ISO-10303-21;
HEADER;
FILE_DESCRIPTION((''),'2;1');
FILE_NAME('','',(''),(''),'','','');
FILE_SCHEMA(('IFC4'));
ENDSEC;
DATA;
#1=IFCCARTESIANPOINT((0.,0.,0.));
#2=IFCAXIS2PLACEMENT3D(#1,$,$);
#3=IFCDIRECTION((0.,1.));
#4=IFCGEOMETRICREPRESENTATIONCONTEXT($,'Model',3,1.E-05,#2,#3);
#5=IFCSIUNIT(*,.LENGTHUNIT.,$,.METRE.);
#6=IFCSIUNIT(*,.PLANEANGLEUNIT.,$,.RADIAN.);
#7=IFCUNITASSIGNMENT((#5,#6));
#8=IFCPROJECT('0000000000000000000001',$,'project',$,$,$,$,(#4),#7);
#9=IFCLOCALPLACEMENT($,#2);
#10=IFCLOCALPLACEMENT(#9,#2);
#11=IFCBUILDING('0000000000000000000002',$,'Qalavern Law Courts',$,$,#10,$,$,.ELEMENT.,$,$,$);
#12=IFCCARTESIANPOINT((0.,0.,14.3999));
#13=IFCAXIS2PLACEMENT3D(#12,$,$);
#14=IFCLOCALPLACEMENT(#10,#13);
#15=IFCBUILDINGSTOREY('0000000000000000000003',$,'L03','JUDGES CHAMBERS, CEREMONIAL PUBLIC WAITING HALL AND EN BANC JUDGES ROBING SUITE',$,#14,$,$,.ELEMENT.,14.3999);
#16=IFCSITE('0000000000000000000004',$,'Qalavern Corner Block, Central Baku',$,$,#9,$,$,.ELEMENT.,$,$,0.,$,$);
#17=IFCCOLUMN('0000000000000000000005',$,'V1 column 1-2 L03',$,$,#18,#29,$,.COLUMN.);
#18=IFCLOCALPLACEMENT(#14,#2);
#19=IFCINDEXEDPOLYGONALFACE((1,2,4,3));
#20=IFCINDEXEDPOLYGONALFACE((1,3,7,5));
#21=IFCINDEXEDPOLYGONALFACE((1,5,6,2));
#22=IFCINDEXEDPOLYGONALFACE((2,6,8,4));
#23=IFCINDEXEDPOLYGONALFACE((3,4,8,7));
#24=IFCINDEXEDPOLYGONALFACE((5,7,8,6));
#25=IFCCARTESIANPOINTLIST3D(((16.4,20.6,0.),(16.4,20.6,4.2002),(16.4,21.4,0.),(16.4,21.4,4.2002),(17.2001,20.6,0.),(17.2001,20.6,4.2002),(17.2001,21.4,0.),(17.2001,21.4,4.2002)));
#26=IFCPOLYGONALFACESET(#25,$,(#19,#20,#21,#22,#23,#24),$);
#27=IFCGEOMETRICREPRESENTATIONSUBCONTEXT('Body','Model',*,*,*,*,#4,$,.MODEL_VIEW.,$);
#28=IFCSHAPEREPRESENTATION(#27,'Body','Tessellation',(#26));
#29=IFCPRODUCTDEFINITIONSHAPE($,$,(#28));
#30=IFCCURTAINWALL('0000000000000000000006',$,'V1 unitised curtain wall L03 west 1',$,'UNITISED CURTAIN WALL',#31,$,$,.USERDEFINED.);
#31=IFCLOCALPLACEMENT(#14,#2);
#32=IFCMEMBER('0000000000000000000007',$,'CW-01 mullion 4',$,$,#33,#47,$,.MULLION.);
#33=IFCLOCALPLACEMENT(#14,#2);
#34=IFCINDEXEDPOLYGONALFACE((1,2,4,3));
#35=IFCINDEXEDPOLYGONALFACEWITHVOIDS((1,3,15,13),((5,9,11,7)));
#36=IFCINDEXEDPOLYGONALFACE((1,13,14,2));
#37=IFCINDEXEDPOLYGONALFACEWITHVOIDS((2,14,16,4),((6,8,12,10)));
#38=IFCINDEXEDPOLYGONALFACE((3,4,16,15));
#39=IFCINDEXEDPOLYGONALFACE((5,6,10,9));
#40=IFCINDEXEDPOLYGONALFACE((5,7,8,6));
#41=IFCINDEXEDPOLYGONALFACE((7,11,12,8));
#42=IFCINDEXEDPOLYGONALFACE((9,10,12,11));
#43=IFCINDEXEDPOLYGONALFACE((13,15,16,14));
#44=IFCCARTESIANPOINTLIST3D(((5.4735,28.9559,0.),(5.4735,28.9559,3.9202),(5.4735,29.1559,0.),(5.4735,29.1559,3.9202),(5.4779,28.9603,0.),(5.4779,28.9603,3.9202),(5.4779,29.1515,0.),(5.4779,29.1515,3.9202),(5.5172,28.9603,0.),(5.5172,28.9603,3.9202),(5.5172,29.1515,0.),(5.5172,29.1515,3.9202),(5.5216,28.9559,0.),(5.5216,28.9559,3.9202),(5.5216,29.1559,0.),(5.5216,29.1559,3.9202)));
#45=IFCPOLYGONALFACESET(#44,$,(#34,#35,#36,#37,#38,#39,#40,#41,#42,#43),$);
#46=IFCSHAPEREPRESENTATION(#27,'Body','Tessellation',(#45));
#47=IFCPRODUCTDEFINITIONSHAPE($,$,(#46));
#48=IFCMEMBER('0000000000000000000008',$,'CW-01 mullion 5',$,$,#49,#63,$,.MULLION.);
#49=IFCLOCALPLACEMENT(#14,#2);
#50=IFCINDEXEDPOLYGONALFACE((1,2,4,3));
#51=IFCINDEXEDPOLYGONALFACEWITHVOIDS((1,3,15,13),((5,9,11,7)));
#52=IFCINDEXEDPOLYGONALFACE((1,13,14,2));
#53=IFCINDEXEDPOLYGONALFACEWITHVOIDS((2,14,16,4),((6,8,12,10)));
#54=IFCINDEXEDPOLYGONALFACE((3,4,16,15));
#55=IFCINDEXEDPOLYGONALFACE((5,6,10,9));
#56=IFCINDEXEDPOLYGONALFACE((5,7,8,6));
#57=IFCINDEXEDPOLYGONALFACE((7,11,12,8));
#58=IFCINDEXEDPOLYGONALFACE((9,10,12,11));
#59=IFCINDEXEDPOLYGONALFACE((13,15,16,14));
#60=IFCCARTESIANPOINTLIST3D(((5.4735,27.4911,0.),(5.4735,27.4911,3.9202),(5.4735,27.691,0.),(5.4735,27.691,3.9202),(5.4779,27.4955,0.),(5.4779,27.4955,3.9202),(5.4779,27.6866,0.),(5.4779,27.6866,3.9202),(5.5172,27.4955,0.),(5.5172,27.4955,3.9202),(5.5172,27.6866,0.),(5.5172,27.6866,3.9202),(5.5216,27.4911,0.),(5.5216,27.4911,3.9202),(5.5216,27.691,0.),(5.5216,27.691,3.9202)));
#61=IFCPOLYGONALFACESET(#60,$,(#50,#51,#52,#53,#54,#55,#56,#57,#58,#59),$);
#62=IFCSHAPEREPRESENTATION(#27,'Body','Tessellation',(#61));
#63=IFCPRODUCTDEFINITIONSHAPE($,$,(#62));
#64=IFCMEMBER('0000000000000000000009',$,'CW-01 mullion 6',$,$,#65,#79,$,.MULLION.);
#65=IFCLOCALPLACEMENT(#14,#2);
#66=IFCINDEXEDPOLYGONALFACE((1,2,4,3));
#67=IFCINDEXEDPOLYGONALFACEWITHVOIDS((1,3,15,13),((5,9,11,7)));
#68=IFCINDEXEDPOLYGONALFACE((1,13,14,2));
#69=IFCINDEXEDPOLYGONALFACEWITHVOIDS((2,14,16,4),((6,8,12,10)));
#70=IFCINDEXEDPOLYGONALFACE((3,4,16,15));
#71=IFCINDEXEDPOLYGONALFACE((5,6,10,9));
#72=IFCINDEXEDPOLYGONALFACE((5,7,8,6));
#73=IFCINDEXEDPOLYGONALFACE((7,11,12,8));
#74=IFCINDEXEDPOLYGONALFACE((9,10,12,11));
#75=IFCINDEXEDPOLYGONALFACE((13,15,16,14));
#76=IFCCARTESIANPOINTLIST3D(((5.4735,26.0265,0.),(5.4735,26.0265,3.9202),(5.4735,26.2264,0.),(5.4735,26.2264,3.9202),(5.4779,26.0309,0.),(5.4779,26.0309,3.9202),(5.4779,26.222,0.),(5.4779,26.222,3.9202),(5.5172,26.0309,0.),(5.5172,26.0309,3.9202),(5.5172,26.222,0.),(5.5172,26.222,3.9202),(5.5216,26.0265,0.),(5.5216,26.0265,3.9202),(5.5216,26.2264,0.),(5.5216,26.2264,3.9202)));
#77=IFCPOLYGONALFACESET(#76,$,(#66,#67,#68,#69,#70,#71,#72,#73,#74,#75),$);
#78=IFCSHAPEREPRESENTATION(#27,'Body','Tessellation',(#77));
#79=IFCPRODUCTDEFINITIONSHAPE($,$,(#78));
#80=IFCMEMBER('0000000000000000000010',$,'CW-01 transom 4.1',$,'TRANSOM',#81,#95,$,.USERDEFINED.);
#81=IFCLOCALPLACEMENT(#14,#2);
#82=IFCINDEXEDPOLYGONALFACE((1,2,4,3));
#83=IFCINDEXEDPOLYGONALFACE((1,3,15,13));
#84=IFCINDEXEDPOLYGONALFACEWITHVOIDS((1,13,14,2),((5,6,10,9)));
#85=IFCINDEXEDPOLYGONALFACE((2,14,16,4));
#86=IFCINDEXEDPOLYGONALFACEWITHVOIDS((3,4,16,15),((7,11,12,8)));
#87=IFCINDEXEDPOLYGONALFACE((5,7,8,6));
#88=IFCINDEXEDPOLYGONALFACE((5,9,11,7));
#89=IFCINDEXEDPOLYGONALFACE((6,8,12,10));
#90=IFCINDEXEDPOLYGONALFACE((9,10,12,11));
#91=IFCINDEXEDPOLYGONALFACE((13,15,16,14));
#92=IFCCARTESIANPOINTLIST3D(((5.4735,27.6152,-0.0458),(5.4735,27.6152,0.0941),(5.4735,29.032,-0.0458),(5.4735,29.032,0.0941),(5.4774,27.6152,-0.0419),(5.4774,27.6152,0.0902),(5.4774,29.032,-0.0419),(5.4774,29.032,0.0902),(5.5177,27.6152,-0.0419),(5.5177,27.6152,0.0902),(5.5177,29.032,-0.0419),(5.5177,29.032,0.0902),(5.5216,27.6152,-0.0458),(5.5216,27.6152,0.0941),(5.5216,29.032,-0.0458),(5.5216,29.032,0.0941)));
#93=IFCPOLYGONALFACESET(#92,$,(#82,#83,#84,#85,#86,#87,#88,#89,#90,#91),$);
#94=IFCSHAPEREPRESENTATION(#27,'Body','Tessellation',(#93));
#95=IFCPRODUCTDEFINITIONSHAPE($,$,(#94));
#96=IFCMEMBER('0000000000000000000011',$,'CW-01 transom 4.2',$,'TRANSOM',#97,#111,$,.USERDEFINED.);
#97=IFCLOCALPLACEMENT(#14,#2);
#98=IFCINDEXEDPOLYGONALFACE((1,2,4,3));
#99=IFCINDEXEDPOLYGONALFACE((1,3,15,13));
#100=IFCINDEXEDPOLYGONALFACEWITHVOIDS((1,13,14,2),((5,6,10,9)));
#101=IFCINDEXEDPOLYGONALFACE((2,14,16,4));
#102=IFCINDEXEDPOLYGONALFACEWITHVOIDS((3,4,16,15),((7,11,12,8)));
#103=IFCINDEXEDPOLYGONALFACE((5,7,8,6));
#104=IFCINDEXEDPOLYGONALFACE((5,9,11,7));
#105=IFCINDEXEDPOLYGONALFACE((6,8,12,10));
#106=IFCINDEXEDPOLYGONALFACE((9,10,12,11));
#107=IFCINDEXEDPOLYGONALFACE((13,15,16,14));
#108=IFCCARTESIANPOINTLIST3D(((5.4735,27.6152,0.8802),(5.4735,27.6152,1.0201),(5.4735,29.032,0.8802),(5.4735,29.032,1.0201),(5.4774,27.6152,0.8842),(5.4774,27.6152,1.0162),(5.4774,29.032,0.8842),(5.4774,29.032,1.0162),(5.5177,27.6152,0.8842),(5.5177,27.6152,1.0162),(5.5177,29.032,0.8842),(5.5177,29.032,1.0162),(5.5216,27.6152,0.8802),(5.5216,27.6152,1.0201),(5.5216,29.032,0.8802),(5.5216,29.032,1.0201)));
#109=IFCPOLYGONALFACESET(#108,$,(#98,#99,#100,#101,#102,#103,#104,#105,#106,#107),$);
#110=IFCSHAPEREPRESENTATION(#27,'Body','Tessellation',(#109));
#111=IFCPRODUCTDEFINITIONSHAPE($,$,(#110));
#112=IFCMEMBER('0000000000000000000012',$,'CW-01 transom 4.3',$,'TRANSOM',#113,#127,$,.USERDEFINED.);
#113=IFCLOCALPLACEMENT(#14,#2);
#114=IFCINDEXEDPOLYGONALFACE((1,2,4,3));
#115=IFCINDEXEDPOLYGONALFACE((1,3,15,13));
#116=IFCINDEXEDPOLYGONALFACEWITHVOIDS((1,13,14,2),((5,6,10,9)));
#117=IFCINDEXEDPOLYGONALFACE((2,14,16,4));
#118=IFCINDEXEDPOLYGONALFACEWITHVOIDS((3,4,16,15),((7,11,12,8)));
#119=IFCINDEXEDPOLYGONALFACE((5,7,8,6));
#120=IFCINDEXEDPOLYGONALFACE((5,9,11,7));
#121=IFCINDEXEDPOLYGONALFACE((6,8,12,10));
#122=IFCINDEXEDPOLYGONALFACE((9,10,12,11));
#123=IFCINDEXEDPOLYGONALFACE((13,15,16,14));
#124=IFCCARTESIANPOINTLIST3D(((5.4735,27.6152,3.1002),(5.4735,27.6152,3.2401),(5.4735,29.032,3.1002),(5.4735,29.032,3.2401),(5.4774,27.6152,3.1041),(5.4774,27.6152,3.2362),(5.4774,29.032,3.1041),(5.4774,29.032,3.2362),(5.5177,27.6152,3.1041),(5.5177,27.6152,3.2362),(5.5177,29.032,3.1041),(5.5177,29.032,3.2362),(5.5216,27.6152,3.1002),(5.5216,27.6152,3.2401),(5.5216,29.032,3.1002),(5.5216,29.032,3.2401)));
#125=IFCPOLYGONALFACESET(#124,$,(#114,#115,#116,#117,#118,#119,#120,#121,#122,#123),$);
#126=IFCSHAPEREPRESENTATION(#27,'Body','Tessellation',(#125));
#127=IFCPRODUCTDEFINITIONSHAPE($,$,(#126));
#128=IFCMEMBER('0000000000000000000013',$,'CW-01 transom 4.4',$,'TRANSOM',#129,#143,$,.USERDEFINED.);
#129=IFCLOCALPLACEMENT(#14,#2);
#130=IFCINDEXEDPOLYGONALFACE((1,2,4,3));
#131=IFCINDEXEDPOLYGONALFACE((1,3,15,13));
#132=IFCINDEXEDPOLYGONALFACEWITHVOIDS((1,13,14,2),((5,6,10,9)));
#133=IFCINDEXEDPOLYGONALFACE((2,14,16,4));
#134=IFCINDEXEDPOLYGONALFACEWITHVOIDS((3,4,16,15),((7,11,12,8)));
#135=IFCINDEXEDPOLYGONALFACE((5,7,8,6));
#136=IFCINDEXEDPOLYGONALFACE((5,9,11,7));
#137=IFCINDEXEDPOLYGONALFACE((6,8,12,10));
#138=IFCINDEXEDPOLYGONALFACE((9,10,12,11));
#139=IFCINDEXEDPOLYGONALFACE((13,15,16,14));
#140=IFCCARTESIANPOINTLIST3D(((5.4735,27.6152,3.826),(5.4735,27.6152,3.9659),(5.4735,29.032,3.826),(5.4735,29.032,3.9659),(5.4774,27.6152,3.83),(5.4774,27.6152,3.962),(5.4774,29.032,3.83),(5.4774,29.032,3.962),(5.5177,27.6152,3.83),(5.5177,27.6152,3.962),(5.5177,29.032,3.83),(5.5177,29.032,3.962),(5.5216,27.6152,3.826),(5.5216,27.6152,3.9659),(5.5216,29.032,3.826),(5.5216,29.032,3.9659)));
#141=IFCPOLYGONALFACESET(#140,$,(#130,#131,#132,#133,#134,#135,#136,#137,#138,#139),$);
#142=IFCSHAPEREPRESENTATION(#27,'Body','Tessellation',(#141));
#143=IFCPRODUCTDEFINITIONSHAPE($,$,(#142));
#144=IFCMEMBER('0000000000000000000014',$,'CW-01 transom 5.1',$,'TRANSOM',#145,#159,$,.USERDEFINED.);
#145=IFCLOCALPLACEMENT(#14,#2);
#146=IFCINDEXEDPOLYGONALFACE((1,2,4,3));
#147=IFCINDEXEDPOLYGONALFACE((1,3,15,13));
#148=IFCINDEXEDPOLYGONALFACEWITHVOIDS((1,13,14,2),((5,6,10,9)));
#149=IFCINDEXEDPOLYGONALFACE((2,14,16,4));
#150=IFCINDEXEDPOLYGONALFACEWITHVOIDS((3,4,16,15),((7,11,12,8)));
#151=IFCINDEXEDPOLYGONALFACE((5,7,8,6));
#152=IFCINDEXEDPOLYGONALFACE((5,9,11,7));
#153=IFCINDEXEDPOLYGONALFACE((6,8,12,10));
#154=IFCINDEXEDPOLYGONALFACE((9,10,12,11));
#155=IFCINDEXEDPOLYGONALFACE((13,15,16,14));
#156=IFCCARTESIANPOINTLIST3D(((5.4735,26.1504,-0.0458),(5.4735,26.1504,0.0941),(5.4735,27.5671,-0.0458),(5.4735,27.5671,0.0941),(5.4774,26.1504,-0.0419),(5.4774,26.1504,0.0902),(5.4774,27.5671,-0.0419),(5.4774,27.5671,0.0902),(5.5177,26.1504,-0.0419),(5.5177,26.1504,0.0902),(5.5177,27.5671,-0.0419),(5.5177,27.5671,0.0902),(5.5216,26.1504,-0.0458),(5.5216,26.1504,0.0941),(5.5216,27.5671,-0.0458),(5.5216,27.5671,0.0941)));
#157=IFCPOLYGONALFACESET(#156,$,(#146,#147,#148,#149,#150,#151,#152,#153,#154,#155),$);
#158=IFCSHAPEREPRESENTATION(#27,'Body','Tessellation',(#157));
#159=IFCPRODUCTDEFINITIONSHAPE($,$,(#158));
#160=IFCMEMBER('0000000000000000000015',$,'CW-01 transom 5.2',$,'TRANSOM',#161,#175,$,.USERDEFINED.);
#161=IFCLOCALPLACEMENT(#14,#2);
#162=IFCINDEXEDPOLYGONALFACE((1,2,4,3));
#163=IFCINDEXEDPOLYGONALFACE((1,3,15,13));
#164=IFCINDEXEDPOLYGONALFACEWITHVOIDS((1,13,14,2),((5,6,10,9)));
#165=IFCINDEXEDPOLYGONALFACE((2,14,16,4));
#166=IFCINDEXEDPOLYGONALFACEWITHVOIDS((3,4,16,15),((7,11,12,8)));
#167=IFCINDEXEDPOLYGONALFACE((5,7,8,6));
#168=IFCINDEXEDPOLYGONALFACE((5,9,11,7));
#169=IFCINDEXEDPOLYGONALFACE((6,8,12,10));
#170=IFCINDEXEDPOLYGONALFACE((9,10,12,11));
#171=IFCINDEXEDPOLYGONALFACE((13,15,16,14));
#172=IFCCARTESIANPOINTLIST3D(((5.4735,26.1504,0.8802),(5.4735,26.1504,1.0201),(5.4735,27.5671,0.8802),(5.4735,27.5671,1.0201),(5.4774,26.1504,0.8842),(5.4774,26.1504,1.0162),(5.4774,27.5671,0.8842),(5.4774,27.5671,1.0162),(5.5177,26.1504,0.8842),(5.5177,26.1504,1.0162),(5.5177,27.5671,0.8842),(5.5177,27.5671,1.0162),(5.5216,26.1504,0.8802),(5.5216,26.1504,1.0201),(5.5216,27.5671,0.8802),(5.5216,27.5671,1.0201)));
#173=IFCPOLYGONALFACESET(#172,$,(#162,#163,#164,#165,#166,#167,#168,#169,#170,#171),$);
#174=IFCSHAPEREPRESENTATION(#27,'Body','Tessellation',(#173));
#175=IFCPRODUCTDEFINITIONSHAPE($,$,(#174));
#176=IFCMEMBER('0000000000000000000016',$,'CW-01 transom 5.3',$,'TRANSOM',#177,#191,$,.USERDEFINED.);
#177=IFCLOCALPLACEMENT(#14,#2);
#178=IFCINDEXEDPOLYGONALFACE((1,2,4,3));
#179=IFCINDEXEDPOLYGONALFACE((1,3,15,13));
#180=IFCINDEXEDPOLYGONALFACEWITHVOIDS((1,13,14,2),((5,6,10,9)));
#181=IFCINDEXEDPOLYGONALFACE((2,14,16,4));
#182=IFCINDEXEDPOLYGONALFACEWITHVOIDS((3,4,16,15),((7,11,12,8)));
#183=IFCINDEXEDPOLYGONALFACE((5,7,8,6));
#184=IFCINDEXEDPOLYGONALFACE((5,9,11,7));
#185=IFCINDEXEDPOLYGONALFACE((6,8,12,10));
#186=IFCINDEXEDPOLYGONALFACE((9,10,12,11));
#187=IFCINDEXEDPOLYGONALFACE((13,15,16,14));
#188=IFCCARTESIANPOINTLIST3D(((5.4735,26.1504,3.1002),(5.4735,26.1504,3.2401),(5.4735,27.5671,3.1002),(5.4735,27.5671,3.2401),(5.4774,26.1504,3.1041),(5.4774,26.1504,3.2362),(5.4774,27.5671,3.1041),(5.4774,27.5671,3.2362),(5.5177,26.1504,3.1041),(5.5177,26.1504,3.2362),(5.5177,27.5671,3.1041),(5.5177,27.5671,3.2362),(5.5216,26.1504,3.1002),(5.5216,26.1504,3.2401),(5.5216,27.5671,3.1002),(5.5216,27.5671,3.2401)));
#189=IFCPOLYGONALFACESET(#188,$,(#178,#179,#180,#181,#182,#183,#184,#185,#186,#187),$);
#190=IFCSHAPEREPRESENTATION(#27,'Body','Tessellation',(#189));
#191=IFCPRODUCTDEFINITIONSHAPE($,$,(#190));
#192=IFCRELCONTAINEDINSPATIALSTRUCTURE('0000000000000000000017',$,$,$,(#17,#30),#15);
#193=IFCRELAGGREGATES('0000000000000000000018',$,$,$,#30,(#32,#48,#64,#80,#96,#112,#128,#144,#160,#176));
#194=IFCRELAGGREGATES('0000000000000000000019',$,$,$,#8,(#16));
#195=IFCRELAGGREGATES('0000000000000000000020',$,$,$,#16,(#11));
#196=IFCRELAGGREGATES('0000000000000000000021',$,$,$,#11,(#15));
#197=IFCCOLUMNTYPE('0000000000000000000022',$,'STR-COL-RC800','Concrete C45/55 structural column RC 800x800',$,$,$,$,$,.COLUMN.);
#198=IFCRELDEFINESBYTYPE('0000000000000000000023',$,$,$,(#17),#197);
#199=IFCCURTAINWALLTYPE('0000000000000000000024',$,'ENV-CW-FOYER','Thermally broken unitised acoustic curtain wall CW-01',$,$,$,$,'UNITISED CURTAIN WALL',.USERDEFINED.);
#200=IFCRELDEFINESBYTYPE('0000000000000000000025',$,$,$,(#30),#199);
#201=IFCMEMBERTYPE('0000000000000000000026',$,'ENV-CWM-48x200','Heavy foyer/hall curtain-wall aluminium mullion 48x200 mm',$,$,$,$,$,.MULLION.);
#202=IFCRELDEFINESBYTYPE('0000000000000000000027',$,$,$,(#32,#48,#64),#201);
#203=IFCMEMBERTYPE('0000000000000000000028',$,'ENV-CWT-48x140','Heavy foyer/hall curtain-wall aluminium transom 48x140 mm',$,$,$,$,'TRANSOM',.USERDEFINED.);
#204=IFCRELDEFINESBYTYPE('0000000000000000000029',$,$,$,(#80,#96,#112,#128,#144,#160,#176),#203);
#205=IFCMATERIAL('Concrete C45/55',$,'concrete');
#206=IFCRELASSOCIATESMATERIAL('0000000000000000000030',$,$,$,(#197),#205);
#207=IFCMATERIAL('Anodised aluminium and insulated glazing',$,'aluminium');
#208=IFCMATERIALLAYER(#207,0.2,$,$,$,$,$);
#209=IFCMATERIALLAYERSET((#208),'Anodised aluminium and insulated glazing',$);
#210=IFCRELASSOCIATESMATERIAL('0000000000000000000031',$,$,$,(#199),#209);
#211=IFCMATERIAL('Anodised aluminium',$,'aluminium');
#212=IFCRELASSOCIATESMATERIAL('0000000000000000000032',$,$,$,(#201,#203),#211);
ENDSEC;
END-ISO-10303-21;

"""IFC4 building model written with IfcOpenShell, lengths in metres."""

from ifc_helpers import new_model, si_unit, direction, frame, origin, origin_2d, place, context, subcontext, project, spatial, rectangle, hollow_rectangle, extrude, material, layer, layer_set, material_profile, profile_set, type_object, element, aggregate, save


model = new_model("IFC4")

# Units and contexts
model_context = context("Model", 3, precision=1e-05, world=origin(), true_north=direction((0.0, 1.0)))
body_context = subcontext(model_context, "Body", "Model", "MODEL_VIEW")
ifc_project = project(units=[si_unit("LENGTHUNIT", "METRE"), si_unit("PLANEANGLEUNIT", "RADIAN")], contexts=[model_context])

# Site, building, storey
site_placement = place(None, origin())
site = spatial("IfcSite", under=ifc_project, at=site_placement, Name="Qalavern Corner Block, Central Baku", CompositionType="ELEMENT", RefElevation=0.0)
building_placement = place(site_placement, origin())
building = spatial("IfcBuilding", under=site, at=building_placement, Name="Qalavern Law Courts", CompositionType="ELEMENT")
storey_placement = place(building_placement, frame((0.0, 0.0, 14.3999)))
storey = spatial("IfcBuildingStorey", under=building, at=storey_placement, Name="L03", Description="JUDGES CHAMBERS, CEREMONIAL PUBLIC WAITING HALL AND EN BANC JUDGES ROBING SUITE", CompositionType="ELEMENT", Elevation=14.3999)

# Column
ifc_material_1 = material(Name="Concrete C45/55", Category="concrete")
ifc_material_profile_1 = material_profile(ifc_material_1, rectangle(XDim=0.8, YDim=0.8, at=origin_2d()), Name="RC 800x800")
ifc_profile_set_1 = profile_set([ifc_material_profile_1], Name="Concrete C45/55")
column_type = type_object("IfcColumnType", Name="STR-COL-RC800", Description="Concrete C45/55 structural column RC 800x800", PredefinedType="COLUMN", material=ifc_profile_set_1)
column_placement = place(storey_placement, frame((16.8, 21.0, 0.0), z_axis=(0.0, 0.0, 1.0), x_axis=(1.0, 0.0, 0.0)))
element("IfcColumn", 1, at=column_placement, inside=storey, type_object=column_type, Name="V1 column 1-2 L03", PredefinedType="COLUMN", context=body_context, shape_type="SweptSolid", body=[
    extrude(rectangle(XDim=0.8, YDim=0.8, at=origin_2d()), origin(), (0.0, 0.0, 1.0), 4.2002),
])

# Curtain wall, members
ifc_material_2 = material(Name="Anodised aluminium and insulated glazing", Category="aluminium")
ifc_layer_1 = layer(ifc_material_2, 0.2)
ifc_layer_set_1 = layer_set([ifc_layer_1], Name="Anodised aluminium and insulated glazing")
curtain_wall_type = type_object("IfcCurtainWallType", Name="ENV-CW-FOYER", Description="Thermally broken unitised acoustic curtain wall CW-01", ElementType="UNITISED CURTAIN WALL", PredefinedType="USERDEFINED", material=ifc_layer_set_1)
curtain_wall_placement = place(storey_placement, origin())
curtain_wall = element("IfcCurtainWall", 2, at=curtain_wall_placement, inside=storey, type_object=curtain_wall_type, Name="V1 unitised curtain wall L03 west 1", ObjectType="UNITISED CURTAIN WALL", PredefinedType="USERDEFINED")
ifc_material_3 = material(Name="Anodised aluminium", Category="aluminium")
ifc_material_profile_2 = material_profile(ifc_material_3, hollow_rectangle(XDim=0.0481, YDim=0.2, WallThickness=0.0044, at=origin_2d()), Name="ALU MULLION 48x200")
ifc_profile_set_2 = profile_set([ifc_material_profile_2], Name="Anodised aluminium")
member_type_1 = type_object("IfcMemberType", Name="ENV-CWM-48x200", Description="Heavy foyer/hall curtain-wall aluminium mullion 48x200 mm", PredefinedType="MULLION", material=ifc_profile_set_2)
member_1_placement = place(storey_placement, frame((5.4976, 29.0559, 0.0), z_axis=(0.0, 0.0, 1.0), x_axis=(1.0, 0.0, 0.0)))
member_1 = element("IfcMember", 3, at=member_1_placement, type_object=member_type_1, Name="CW-01 mullion 4", PredefinedType="MULLION", context=body_context, shape_type="SweptSolid", body=[
    extrude(hollow_rectangle(XDim=0.0481, YDim=0.2, WallThickness=0.0044, at=origin_2d()), origin(), (0.0, 0.0, 1.0), 3.9202),
])
member_2_placement = place(storey_placement, frame((5.4976, 27.5911, 0.0), z_axis=(0.0, 0.0, 1.0), x_axis=(1.0, 0.0, 0.0)))
member_2 = element("IfcMember", 4, at=member_2_placement, type_object=member_type_1, Name="CW-01 mullion 5", PredefinedType="MULLION", context=body_context, shape_type="SweptSolid", body=[
    extrude(hollow_rectangle(XDim=0.0481, YDim=0.2, WallThickness=0.0044, at=origin_2d()), origin(), (0.0, 0.0, 1.0), 3.9202),
])
member_3_placement = place(storey_placement, frame((5.4976, 26.1265, 0.0), z_axis=(0.0, 0.0, 1.0), x_axis=(1.0, 0.0, 0.0)))
member_3 = element("IfcMember", 5, at=member_3_placement, type_object=member_type_1, Name="CW-01 mullion 6", PredefinedType="MULLION", context=body_context, shape_type="SweptSolid", body=[
    extrude(hollow_rectangle(XDim=0.0481, YDim=0.2, WallThickness=0.0044, at=origin_2d()), origin(), (0.0, 0.0, 1.0), 3.9202),
])
ifc_material_profile_3 = material_profile(ifc_material_3, hollow_rectangle(XDim=0.0481, YDim=0.1399, WallThickness=0.0039, at=origin_2d()), Name="ALU TRANSOM 48x140")
ifc_profile_set_3 = profile_set([ifc_material_profile_3], Name="Anodised aluminium")
member_type_2 = type_object("IfcMemberType", Name="ENV-CWT-48x140", Description="Heavy foyer/hall curtain-wall aluminium transom 48x140 mm", ElementType="TRANSOM", PredefinedType="USERDEFINED", material=ifc_profile_set_3)
member_4_placement = place(storey_placement, frame((5.4976, 29.032, 0.0242), z_axis=(0.0, -1.0, 0.0), x_axis=(1.0, 0.0, 0.0)))
member_4 = element("IfcMember", 6, at=member_4_placement, type_object=member_type_2, Name="CW-01 transom 4.1", ObjectType="TRANSOM", PredefinedType="USERDEFINED", context=body_context, shape_type="SweptSolid", body=[
    extrude(hollow_rectangle(XDim=0.0481, YDim=0.1399, WallThickness=0.0039, at=origin_2d()), origin(), (0.0, 0.0, 1.0), 1.4167),
])
member_5_placement = place(storey_placement, frame((5.4976, 29.032, 0.9502), z_axis=(0.0, -1.0, 0.0), x_axis=(1.0, 0.0, 0.0)))
member_5 = element("IfcMember", 7, at=member_5_placement, type_object=member_type_2, Name="CW-01 transom 4.2", ObjectType="TRANSOM", PredefinedType="USERDEFINED", context=body_context, shape_type="SweptSolid", body=[
    extrude(hollow_rectangle(XDim=0.0481, YDim=0.1399, WallThickness=0.0039, at=origin_2d()), origin(), (0.0, 0.0, 1.0), 1.4167),
])
member_6_placement = place(storey_placement, frame((5.4976, 29.032, 3.1702), z_axis=(0.0, -1.0, 0.0), x_axis=(1.0, 0.0, 0.0)))
member_6 = element("IfcMember", 8, at=member_6_placement, type_object=member_type_2, Name="CW-01 transom 4.3", ObjectType="TRANSOM", PredefinedType="USERDEFINED", context=body_context, shape_type="SweptSolid", body=[
    extrude(hollow_rectangle(XDim=0.0481, YDim=0.1399, WallThickness=0.0039, at=origin_2d()), origin(), (0.0, 0.0, 1.0), 1.4167),
])
member_7_placement = place(storey_placement, frame((5.4976, 29.032, 3.896), z_axis=(0.0, -1.0, 0.0), x_axis=(1.0, 0.0, 0.0)))
member_7 = element("IfcMember", 9, at=member_7_placement, type_object=member_type_2, Name="CW-01 transom 4.4", ObjectType="TRANSOM", PredefinedType="USERDEFINED", context=body_context, shape_type="SweptSolid", body=[
    extrude(hollow_rectangle(XDim=0.0481, YDim=0.1399, WallThickness=0.0039, at=origin_2d()), origin(), (0.0, 0.0, 1.0), 1.4167),
])
member_8_placement = place(storey_placement, frame((5.4976, 27.5671, 0.0242), z_axis=(0.0, -1.0, 0.0), x_axis=(1.0, 0.0, 0.0)))
member_8 = element("IfcMember", 10, at=member_8_placement, type_object=member_type_2, Name="CW-01 transom 5.1", ObjectType="TRANSOM", PredefinedType="USERDEFINED", context=body_context, shape_type="SweptSolid", body=[
    extrude(hollow_rectangle(XDim=0.0481, YDim=0.1399, WallThickness=0.0039, at=origin_2d()), origin(), (0.0, 0.0, 1.0), 1.4167),
])
member_9_placement = place(storey_placement, frame((5.4976, 27.5671, 0.9502), z_axis=(0.0, -1.0, 0.0), x_axis=(1.0, 0.0, 0.0)))
member_9 = element("IfcMember", 11, at=member_9_placement, type_object=member_type_2, Name="CW-01 transom 5.2", ObjectType="TRANSOM", PredefinedType="USERDEFINED", context=body_context, shape_type="SweptSolid", body=[
    extrude(hollow_rectangle(XDim=0.0481, YDim=0.1399, WallThickness=0.0039, at=origin_2d()), origin(), (0.0, 0.0, 1.0), 1.4167),
])
member_10_placement = place(storey_placement, frame((5.4976, 27.5671, 3.1702), z_axis=(0.0, -1.0, 0.0), x_axis=(1.0, 0.0, 0.0)))
member_10 = element("IfcMember", 12, at=member_10_placement, type_object=member_type_2, Name="CW-01 transom 5.3", ObjectType="TRANSOM", PredefinedType="USERDEFINED", context=body_context, shape_type="SweptSolid", body=[
    extrude(hollow_rectangle(XDim=0.0481, YDim=0.1399, WallThickness=0.0039, at=origin_2d()), origin(), (0.0, 0.0, 1.0), 1.4167),
])

aggregate(curtain_wall, [member_1, member_2, member_3, member_4, member_5, member_6, member_7, member_8, member_9, member_10])

save(model, "model.ifc")
